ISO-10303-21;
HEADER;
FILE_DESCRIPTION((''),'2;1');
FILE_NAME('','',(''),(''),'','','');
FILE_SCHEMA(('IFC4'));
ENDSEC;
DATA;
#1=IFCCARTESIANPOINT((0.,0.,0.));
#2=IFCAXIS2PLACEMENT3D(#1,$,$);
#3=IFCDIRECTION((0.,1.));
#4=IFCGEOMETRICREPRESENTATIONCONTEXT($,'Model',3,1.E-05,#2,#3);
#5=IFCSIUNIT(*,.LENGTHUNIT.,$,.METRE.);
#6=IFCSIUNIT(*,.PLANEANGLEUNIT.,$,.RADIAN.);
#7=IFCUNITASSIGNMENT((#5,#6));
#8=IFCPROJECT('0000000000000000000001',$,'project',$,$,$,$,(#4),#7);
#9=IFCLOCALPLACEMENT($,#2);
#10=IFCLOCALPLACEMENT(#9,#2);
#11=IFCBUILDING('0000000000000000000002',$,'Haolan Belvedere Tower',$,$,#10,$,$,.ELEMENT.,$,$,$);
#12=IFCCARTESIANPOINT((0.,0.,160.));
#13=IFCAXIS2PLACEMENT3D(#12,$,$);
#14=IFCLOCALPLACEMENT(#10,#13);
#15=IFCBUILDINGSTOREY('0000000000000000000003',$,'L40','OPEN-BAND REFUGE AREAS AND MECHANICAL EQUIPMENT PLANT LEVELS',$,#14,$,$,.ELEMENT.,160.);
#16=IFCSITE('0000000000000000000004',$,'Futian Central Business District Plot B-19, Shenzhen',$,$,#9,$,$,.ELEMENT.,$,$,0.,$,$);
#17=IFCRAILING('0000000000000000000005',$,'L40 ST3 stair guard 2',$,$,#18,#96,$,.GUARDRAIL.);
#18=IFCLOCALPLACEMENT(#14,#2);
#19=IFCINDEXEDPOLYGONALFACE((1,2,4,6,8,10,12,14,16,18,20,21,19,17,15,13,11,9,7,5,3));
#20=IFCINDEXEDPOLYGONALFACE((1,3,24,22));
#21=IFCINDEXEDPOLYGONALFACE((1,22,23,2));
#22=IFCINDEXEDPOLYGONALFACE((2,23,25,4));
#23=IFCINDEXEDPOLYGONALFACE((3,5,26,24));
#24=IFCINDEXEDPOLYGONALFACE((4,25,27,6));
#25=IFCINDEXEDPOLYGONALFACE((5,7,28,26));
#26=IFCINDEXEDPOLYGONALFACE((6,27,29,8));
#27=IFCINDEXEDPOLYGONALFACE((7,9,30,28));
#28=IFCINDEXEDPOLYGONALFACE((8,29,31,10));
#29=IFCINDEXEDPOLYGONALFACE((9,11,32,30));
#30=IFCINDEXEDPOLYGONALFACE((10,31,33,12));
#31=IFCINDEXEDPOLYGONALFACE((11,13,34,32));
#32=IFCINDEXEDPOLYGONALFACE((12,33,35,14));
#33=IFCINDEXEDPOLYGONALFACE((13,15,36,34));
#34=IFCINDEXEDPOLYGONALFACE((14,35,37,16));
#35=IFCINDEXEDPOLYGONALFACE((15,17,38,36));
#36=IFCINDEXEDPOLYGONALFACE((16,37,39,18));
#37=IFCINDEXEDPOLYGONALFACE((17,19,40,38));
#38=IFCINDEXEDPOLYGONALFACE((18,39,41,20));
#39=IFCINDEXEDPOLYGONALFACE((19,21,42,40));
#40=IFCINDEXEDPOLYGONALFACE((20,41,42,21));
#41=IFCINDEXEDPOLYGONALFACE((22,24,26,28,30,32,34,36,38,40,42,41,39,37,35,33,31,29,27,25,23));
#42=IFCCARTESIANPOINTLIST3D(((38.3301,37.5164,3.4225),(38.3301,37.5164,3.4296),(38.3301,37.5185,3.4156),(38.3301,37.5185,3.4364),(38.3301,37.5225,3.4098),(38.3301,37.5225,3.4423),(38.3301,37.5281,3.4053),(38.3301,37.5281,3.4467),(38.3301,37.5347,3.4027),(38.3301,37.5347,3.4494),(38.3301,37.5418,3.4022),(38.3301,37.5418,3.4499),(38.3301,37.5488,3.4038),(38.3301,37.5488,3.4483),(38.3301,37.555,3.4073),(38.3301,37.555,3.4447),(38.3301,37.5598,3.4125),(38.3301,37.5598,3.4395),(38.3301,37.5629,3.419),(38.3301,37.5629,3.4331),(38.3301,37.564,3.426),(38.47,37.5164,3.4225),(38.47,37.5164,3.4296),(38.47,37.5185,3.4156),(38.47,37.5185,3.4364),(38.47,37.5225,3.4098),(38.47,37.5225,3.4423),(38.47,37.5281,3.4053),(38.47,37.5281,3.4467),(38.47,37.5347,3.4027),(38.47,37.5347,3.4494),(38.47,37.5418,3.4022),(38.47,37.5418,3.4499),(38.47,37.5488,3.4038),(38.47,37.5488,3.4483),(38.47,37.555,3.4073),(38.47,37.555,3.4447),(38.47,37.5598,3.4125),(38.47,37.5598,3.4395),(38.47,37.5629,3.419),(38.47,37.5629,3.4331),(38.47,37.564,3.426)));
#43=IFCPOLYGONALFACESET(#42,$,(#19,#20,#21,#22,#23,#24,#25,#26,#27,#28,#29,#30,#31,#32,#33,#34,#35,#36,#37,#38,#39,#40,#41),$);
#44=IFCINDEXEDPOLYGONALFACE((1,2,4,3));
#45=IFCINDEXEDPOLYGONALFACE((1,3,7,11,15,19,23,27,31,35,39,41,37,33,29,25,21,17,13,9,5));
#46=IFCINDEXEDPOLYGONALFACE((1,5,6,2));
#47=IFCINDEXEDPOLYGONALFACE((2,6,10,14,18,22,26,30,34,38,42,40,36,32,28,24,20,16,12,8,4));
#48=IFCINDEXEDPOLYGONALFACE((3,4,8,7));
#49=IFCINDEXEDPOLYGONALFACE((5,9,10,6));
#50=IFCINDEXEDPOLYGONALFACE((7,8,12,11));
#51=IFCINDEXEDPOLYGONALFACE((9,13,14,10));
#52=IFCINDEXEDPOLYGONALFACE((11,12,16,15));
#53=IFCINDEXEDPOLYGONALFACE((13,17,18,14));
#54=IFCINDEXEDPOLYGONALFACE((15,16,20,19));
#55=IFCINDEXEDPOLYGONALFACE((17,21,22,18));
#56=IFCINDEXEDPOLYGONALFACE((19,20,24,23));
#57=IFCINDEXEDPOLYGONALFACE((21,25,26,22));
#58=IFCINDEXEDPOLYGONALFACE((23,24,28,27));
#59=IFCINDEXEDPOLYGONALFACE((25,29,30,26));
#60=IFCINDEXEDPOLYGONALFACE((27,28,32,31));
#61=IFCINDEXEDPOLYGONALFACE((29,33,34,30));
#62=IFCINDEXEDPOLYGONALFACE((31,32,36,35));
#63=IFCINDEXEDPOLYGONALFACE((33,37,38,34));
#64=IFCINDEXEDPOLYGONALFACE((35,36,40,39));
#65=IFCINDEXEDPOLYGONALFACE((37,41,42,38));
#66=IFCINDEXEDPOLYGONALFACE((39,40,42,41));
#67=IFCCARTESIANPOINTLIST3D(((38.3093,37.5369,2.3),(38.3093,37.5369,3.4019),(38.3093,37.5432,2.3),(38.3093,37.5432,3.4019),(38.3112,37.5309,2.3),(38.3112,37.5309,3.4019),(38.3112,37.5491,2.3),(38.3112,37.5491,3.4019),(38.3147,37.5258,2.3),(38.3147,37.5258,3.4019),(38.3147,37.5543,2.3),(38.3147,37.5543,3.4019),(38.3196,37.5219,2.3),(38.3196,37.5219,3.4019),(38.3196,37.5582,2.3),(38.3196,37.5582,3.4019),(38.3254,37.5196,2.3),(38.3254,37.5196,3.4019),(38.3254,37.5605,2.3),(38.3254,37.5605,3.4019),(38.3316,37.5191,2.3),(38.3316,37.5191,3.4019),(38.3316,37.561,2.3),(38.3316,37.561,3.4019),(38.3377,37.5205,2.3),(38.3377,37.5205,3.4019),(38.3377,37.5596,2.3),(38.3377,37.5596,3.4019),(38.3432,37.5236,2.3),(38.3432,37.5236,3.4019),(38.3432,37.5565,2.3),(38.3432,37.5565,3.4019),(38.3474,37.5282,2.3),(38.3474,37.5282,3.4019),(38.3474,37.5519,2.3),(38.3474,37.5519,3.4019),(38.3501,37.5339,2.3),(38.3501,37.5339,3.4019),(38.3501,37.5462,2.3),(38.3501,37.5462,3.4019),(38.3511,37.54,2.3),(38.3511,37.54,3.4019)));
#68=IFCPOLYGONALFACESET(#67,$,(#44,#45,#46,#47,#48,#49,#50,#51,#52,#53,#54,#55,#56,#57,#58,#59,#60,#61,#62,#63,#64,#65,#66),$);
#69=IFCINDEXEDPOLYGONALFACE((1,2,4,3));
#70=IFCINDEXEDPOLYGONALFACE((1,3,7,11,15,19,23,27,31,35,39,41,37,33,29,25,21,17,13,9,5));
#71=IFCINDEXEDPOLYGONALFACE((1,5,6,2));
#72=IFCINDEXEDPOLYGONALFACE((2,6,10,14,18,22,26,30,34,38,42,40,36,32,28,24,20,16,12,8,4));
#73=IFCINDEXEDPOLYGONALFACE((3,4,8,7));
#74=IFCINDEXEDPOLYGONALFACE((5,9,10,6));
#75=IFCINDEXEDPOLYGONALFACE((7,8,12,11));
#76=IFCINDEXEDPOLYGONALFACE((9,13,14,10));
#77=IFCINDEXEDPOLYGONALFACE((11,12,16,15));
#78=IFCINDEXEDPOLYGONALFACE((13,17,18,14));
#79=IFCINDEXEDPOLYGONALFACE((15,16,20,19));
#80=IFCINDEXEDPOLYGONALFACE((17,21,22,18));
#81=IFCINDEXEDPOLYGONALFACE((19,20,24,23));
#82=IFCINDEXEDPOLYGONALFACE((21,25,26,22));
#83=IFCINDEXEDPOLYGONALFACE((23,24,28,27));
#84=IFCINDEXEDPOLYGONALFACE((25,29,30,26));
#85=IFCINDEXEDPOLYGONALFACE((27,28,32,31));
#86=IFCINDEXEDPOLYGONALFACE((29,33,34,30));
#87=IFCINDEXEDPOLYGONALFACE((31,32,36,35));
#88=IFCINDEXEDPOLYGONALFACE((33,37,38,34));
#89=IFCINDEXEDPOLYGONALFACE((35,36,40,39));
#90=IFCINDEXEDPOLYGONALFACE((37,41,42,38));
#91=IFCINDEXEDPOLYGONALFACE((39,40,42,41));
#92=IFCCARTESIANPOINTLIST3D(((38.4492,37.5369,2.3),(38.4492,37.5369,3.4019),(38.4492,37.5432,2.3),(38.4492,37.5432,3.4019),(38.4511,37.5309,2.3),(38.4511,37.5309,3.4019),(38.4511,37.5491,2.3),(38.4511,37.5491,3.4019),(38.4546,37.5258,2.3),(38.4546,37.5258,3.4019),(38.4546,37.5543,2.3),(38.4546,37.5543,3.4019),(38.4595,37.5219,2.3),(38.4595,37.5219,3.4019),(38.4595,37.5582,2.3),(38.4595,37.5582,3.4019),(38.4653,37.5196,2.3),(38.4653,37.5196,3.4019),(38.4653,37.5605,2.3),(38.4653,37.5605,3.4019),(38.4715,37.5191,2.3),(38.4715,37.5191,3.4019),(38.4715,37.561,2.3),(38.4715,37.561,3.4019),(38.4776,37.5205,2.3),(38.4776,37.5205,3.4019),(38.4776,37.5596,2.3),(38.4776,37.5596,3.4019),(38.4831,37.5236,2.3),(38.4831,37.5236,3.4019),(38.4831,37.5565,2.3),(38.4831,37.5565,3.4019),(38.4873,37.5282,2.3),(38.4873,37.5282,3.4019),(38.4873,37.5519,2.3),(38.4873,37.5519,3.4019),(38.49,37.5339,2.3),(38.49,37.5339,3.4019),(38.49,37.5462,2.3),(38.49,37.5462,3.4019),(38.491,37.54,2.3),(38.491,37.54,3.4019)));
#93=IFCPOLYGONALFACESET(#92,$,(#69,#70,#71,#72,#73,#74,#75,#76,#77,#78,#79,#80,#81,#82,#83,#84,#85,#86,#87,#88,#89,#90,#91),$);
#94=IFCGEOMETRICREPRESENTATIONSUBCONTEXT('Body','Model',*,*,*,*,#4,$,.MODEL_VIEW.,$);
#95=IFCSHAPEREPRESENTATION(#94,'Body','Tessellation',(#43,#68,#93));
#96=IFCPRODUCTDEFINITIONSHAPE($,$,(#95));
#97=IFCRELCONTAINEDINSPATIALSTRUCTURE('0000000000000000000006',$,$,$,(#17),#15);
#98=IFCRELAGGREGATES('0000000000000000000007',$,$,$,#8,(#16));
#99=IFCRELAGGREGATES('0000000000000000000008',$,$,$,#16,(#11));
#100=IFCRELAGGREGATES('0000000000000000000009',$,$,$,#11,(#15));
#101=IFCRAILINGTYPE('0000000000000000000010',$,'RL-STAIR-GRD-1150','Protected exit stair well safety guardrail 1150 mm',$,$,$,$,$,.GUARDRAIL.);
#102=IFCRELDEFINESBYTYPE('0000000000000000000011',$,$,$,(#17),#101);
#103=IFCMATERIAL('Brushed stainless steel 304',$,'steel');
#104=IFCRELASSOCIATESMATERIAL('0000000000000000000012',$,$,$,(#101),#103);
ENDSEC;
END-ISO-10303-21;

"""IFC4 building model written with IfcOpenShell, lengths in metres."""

from ifc_helpers import new_model, si_unit, direction, frame, origin, origin_2d, place, context, subcontext, project, spatial, circle, extrude, material, type_object, element, save


model = new_model("IFC4")

# Units and contexts
model_context = context("Model", 3, precision=1e-05, world=origin(), true_north=direction((0.0, 1.0)))
body_context = subcontext(model_context, "Body", "Model", "MODEL_VIEW")
ifc_project = project(units=[si_unit("LENGTHUNIT", "METRE"), si_unit("PLANEANGLEUNIT", "RADIAN")], contexts=[model_context])

# Site, building, storey
site_placement = place(None, origin())
site = spatial("IfcSite", under=ifc_project, at=site_placement, Name="Futian Central Business District Plot B-19, Shenzhen", CompositionType="ELEMENT", RefElevation=0.0)
building_placement = place(site_placement, origin())
building = spatial("IfcBuilding", under=site, at=building_placement, Name="Haolan Belvedere Tower", CompositionType="ELEMENT")
storey_placement = place(building_placement, frame((0.0, 0.0, 160.0)))
storey = spatial("IfcBuildingStorey", under=building, at=storey_placement, Name="L40", Description="OPEN-BAND REFUGE AREAS AND MECHANICAL EQUIPMENT PLANT LEVELS", CompositionType="ELEMENT", Elevation=160.0)

# Railing
ifc_material_1 = material(Name="Brushed stainless steel 304", Category="steel")
railing_type_1 = type_object("IfcRailingType", Name="RL-STAIR-GRD-1150", Description="Protected exit stair well safety guardrail 1150 mm", PredefinedType="GUARDRAIL", material=ifc_material_1)
railing_1_placement = place(storey_placement, frame((38.3301, 37.54, 2.3)))
element("IfcRailing", 1, at=railing_1_placement, inside=storey, type_object=railing_type_1, Name="L40 ST3 stair guard 2", PredefinedType="GUARDRAIL", context=body_context, shape_type="SweptSolid", body=[
    extrude(circle(Radius=0.0239, at=origin_2d()), frame((0.0, 0.0, 1.126), z_axis=(1.0, 0.0, 0.0), x_axis=(0.0, 1.0, 0.0)), (0.0, 0.0, 1.0), 0.1399),
    extrude(circle(Radius=0.021, at=origin_2d()), origin(), (0.0, 0.0, 1.0), 1.1018),
    extrude(circle(Radius=0.021, at=origin_2d()), frame((0.1399, 0.0, 0.0)), (0.0, 0.0, 1.0), 1.1018),
])

save(model, "model.ifc")
